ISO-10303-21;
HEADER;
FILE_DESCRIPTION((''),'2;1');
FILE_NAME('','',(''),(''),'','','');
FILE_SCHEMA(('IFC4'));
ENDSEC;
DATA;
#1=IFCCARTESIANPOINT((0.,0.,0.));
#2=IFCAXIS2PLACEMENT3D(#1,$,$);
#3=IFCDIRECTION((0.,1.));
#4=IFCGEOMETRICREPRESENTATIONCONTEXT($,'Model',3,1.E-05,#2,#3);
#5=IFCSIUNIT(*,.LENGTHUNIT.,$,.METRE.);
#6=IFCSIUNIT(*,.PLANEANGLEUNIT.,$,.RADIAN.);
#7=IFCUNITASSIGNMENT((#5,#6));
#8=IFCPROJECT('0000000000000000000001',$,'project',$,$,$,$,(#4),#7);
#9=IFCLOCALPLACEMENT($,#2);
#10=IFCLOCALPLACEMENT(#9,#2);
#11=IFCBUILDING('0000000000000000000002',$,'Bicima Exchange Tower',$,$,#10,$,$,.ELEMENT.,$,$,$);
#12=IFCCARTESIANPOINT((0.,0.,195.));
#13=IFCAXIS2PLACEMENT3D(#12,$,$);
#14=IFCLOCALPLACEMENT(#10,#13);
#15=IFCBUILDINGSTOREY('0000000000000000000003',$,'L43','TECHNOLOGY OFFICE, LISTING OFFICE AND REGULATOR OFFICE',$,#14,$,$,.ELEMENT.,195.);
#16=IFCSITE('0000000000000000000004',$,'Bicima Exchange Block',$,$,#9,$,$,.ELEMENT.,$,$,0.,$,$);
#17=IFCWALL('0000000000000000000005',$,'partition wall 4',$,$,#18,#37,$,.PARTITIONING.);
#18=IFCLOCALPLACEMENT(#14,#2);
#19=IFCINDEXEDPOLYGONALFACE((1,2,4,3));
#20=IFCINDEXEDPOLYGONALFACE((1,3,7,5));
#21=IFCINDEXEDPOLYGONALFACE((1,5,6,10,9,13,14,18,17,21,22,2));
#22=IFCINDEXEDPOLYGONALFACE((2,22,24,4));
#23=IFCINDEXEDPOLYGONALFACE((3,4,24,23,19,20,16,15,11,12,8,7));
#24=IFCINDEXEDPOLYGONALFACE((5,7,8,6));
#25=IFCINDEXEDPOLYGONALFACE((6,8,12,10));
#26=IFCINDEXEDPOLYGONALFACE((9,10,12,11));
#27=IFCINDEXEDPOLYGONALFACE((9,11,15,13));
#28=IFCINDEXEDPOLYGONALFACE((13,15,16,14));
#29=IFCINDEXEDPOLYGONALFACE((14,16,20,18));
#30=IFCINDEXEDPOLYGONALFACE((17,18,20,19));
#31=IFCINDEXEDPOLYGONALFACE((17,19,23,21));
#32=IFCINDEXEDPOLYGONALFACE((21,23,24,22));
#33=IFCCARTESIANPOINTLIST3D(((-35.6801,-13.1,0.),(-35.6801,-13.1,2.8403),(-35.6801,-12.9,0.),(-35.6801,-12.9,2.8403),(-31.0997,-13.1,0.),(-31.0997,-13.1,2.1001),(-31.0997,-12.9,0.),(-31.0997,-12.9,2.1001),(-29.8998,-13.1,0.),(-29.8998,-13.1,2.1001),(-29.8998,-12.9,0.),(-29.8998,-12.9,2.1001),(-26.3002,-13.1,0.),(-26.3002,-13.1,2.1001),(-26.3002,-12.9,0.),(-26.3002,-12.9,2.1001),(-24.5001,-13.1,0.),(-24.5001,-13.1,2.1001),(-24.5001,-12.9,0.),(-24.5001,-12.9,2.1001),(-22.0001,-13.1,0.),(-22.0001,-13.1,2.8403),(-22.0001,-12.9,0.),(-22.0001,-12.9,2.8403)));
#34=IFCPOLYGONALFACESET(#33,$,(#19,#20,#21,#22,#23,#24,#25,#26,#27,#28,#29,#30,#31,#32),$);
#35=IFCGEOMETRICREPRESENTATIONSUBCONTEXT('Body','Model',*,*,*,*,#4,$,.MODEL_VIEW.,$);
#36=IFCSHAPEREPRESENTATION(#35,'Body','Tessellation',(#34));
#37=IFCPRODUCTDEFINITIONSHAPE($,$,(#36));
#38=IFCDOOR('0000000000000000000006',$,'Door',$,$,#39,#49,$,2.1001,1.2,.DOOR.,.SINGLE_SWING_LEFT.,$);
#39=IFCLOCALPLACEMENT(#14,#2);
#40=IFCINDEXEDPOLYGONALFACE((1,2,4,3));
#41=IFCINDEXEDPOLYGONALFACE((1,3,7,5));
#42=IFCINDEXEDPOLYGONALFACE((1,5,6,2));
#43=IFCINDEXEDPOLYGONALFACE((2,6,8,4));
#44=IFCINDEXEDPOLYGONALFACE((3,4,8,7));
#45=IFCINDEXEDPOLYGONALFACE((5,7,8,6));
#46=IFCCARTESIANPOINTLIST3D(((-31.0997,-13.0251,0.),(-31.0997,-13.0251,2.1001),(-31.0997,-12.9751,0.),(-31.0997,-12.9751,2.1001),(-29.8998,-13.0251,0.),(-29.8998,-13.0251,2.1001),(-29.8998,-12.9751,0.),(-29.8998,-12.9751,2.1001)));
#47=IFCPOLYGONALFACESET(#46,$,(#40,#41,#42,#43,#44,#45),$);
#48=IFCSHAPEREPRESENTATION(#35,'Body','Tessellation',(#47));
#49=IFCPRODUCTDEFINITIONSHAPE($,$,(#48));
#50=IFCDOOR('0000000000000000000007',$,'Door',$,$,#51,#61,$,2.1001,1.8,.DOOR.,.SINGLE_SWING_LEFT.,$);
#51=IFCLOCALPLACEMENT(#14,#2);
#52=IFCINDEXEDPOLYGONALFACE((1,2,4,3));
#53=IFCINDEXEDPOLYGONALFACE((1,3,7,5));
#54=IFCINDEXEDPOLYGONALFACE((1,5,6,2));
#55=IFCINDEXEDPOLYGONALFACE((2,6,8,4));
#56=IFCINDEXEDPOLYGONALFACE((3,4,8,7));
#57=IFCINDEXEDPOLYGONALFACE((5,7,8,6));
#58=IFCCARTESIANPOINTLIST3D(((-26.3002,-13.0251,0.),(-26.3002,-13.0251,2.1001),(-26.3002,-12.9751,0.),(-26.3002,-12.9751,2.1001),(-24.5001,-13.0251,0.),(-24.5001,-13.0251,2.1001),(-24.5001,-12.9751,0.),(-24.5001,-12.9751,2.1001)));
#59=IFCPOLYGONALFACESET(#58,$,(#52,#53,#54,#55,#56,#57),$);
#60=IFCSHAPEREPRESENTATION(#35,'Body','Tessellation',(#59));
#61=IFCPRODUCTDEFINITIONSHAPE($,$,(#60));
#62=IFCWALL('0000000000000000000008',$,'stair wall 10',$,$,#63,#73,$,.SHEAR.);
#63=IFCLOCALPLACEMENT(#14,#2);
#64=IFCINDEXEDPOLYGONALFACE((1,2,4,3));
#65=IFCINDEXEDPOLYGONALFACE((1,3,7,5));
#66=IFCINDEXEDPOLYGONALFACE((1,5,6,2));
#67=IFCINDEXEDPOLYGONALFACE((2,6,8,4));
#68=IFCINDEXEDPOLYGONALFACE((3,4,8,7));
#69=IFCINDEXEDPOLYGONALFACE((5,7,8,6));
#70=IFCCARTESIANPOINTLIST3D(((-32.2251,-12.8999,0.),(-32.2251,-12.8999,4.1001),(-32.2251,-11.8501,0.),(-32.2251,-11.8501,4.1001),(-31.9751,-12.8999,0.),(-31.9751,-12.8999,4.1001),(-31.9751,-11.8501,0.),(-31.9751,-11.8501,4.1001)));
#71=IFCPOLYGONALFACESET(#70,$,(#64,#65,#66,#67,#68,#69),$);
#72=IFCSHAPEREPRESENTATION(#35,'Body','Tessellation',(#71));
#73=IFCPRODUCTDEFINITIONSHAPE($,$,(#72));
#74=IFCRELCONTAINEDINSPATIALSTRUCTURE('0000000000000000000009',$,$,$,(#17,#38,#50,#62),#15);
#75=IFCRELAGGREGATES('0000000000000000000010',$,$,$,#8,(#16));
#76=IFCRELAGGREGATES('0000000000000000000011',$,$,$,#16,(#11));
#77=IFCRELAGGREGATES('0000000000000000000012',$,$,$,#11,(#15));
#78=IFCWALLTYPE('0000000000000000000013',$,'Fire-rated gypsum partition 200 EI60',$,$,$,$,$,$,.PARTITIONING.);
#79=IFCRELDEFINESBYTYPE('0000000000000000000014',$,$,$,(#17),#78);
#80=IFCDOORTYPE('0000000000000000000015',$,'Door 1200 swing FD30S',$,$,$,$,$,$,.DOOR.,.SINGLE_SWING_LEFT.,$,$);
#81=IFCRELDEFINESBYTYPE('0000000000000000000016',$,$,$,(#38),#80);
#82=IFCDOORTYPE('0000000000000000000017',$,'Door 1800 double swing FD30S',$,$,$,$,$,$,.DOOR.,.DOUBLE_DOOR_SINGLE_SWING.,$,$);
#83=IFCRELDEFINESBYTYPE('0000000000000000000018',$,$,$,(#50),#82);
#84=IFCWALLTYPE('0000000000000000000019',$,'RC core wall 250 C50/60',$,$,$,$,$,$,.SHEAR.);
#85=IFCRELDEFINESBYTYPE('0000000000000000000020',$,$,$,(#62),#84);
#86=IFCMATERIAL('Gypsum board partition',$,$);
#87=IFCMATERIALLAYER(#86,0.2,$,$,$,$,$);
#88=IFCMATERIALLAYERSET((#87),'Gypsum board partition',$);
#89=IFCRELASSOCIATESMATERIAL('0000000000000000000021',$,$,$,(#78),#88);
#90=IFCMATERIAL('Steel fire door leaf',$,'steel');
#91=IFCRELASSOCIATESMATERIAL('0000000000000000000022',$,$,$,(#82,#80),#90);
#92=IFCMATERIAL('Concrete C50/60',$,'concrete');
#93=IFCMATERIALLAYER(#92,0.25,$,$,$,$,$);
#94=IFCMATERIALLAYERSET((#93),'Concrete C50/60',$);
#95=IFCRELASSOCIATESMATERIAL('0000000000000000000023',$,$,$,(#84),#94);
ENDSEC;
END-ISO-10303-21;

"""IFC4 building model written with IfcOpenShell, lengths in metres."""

from ifc_helpers import new_model, si_unit, direction, frame, frame_2d, origin, place, context, subcontext, project, spatial, rectangle, extrude, material, layer, layer_set, type_object, element, fill, save


model = new_model("IFC4")

# Units and contexts
model_context = context("Model", 3, precision=1e-05, world=origin(), true_north=direction((0.0, 1.0)))
body_context = subcontext(model_context, "Body", "Model", "MODEL_VIEW")
ifc_project = project(units=[si_unit("LENGTHUNIT", "METRE"), si_unit("PLANEANGLEUNIT", "RADIAN")], contexts=[model_context])

# Site, building, storey
site_placement = place(None, origin())
site = spatial("IfcSite", under=ifc_project, at=site_placement, Name="Bicima Exchange Block", CompositionType="ELEMENT", RefElevation=0.0)
building_placement = place(site_placement, origin())
building = spatial("IfcBuilding", under=site, at=building_placement, Name="Bicima Exchange Tower", CompositionType="ELEMENT")
storey_placement = place(building_placement, frame((0.0, 0.0, 195.0)))
storey = spatial("IfcBuildingStorey", under=building, at=storey_placement, Name="L43", Description="TECHNOLOGY OFFICE, LISTING OFFICE AND REGULATOR OFFICE", CompositionType="ELEMENT", Elevation=195.0)

# Wall, openings, doors
ifc_material_1 = material(Name="Gypsum board partition")
ifc_layer_1 = layer(ifc_material_1, 0.2)
ifc_layer_set_1 = layer_set([ifc_layer_1], Name="Gypsum board partition")
wall_type_1 = type_object("IfcWallType", Name="Fire-rated gypsum partition 200 EI60", PredefinedType="PARTITIONING", material=ifc_layer_set_1)
ifc_material_2 = material(Name="Steel fire door leaf", Category="steel")
door_type_1 = type_object("IfcDoorType", Name="Door 1800 double swing FD30S", OperationType="DOUBLE_DOOR_SINGLE_SWING", PredefinedType="DOOR", material=ifc_material_2)
wall_1_placement = place(storey_placement, frame((-35.6799, -13.0, 0.0), z_axis=(0.0, 0.0, 1.0), x_axis=(1.0, 0.0, 0.0)))
wall_1 = element("IfcWall", 1, at=wall_1_placement, inside=storey, type_object=wall_type_1, Name="partition wall 4", PredefinedType="PARTITIONING", context=body_context, shape_type="SweptSolid", body=[
    extrude(rectangle(XDim=13.6799, YDim=0.2, at=frame_2d((6.8398, 0.0))), origin(), (0.0, 0.0, 1.0), 2.8403),
])
opening_1_placement = place(wall_1_placement, frame((4.5801, 0.0, 0.0)))
opening_1 = element("IfcOpeningElement", 2, at=opening_1_placement, cuts=wall_1, PredefinedType="OPENING", context=body_context, shape_type="SweptSolid", body=[
    extrude(rectangle(XDim=1.2, YDim=2.1001, at=frame_2d((0.6001, 1.05))), frame((0.0, 0.1118, 0.0), z_axis=(0.0, -1.0, 0.0), x_axis=(1.0, 0.0, 0.0)), (0.0, 0.0, 1.0), 0.2239),
])
opening_2_placement = place(wall_1_placement, frame((9.3799, 0.0, 0.0)))
opening_2 = element("IfcOpeningElement", 3, at=opening_2_placement, cuts=wall_1, PredefinedType="OPENING", context=body_context, shape_type="SweptSolid", body=[
    extrude(rectangle(XDim=1.8, YDim=2.1001, at=frame_2d((0.8999, 1.05))), frame((0.0, 0.1118, 0.0), z_axis=(0.0, -1.0, 0.0), x_axis=(1.0, 0.0, 0.0)), (0.0, 0.0, 1.0), 0.2239),
])
door_type_2 = type_object("IfcDoorType", Name="Door 1200 swing FD30S", OperationType="SINGLE_SWING_LEFT", PredefinedType="DOOR", material=ifc_material_2)
door_1_placement = place(opening_1_placement, origin())
door_1 = element("IfcDoor", 4, at=door_1_placement, inside=storey, type_object=door_type_2, Name="Door", OperationType="SINGLE_SWING_LEFT", OverallHeight=2.1001, OverallWidth=1.2, PredefinedType="DOOR", context=body_context, shape_type="SweptSolid", body=[
    extrude(rectangle(XDim=1.2, YDim=2.1001, at=frame_2d((0.6001, 1.05))), frame((0.0, 0.0249, 0.0), z_axis=(0.0, -1.0, 0.0), x_axis=(1.0, 0.0, 0.0)), (0.0, 0.0, 1.0), 0.05),
])
fill(opening_1, door_1)
door_2_placement = place(opening_2_placement, origin())
door_2 = element("IfcDoor", 5, at=door_2_placement, inside=storey, type_object=door_type_1, Name="Door", OperationType="SINGLE_SWING_LEFT", OverallHeight=2.1001, OverallWidth=1.8, PredefinedType="DOOR", context=body_context, shape_type="SweptSolid", body=[
    extrude(rectangle(XDim=1.8, YDim=2.1001, at=frame_2d((0.8999, 1.05))), frame((0.0, 0.0249, 0.0), z_axis=(0.0, -1.0, 0.0), x_axis=(1.0, 0.0, 0.0)), (0.0, 0.0, 1.0), 0.05),
])
fill(opening_2, door_2)

# Wall
ifc_material_3 = material(Name="Concrete C50/60", Category="concrete")
ifc_layer_2 = layer(ifc_material_3, 0.25)
ifc_layer_set_2 = layer_set([ifc_layer_2], Name="Concrete C50/60")
wall_type_2 = type_object("IfcWallType", Name="RC core wall 250 C50/60", PredefinedType="SHEAR", material=ifc_layer_set_2)
wall_2_placement = place(storey_placement, frame((-32.1001, -12.8999, 0.0), z_axis=(0.0, 0.0, 1.0), x_axis=(0.0, 1.0, 0.0)))
element("IfcWall", 6, at=wall_2_placement, inside=storey, type_object=wall_type_2, Name="stair wall 10", PredefinedType="SHEAR", context=body_context, shape_type="SweptSolid", body=[
    extrude(rectangle(XDim=1.0498, YDim=0.25, at=frame_2d((0.5249, 0.0))), origin(), (0.0, 0.0, 1.0), 4.1001),
])

save(model, "model.ifc")
